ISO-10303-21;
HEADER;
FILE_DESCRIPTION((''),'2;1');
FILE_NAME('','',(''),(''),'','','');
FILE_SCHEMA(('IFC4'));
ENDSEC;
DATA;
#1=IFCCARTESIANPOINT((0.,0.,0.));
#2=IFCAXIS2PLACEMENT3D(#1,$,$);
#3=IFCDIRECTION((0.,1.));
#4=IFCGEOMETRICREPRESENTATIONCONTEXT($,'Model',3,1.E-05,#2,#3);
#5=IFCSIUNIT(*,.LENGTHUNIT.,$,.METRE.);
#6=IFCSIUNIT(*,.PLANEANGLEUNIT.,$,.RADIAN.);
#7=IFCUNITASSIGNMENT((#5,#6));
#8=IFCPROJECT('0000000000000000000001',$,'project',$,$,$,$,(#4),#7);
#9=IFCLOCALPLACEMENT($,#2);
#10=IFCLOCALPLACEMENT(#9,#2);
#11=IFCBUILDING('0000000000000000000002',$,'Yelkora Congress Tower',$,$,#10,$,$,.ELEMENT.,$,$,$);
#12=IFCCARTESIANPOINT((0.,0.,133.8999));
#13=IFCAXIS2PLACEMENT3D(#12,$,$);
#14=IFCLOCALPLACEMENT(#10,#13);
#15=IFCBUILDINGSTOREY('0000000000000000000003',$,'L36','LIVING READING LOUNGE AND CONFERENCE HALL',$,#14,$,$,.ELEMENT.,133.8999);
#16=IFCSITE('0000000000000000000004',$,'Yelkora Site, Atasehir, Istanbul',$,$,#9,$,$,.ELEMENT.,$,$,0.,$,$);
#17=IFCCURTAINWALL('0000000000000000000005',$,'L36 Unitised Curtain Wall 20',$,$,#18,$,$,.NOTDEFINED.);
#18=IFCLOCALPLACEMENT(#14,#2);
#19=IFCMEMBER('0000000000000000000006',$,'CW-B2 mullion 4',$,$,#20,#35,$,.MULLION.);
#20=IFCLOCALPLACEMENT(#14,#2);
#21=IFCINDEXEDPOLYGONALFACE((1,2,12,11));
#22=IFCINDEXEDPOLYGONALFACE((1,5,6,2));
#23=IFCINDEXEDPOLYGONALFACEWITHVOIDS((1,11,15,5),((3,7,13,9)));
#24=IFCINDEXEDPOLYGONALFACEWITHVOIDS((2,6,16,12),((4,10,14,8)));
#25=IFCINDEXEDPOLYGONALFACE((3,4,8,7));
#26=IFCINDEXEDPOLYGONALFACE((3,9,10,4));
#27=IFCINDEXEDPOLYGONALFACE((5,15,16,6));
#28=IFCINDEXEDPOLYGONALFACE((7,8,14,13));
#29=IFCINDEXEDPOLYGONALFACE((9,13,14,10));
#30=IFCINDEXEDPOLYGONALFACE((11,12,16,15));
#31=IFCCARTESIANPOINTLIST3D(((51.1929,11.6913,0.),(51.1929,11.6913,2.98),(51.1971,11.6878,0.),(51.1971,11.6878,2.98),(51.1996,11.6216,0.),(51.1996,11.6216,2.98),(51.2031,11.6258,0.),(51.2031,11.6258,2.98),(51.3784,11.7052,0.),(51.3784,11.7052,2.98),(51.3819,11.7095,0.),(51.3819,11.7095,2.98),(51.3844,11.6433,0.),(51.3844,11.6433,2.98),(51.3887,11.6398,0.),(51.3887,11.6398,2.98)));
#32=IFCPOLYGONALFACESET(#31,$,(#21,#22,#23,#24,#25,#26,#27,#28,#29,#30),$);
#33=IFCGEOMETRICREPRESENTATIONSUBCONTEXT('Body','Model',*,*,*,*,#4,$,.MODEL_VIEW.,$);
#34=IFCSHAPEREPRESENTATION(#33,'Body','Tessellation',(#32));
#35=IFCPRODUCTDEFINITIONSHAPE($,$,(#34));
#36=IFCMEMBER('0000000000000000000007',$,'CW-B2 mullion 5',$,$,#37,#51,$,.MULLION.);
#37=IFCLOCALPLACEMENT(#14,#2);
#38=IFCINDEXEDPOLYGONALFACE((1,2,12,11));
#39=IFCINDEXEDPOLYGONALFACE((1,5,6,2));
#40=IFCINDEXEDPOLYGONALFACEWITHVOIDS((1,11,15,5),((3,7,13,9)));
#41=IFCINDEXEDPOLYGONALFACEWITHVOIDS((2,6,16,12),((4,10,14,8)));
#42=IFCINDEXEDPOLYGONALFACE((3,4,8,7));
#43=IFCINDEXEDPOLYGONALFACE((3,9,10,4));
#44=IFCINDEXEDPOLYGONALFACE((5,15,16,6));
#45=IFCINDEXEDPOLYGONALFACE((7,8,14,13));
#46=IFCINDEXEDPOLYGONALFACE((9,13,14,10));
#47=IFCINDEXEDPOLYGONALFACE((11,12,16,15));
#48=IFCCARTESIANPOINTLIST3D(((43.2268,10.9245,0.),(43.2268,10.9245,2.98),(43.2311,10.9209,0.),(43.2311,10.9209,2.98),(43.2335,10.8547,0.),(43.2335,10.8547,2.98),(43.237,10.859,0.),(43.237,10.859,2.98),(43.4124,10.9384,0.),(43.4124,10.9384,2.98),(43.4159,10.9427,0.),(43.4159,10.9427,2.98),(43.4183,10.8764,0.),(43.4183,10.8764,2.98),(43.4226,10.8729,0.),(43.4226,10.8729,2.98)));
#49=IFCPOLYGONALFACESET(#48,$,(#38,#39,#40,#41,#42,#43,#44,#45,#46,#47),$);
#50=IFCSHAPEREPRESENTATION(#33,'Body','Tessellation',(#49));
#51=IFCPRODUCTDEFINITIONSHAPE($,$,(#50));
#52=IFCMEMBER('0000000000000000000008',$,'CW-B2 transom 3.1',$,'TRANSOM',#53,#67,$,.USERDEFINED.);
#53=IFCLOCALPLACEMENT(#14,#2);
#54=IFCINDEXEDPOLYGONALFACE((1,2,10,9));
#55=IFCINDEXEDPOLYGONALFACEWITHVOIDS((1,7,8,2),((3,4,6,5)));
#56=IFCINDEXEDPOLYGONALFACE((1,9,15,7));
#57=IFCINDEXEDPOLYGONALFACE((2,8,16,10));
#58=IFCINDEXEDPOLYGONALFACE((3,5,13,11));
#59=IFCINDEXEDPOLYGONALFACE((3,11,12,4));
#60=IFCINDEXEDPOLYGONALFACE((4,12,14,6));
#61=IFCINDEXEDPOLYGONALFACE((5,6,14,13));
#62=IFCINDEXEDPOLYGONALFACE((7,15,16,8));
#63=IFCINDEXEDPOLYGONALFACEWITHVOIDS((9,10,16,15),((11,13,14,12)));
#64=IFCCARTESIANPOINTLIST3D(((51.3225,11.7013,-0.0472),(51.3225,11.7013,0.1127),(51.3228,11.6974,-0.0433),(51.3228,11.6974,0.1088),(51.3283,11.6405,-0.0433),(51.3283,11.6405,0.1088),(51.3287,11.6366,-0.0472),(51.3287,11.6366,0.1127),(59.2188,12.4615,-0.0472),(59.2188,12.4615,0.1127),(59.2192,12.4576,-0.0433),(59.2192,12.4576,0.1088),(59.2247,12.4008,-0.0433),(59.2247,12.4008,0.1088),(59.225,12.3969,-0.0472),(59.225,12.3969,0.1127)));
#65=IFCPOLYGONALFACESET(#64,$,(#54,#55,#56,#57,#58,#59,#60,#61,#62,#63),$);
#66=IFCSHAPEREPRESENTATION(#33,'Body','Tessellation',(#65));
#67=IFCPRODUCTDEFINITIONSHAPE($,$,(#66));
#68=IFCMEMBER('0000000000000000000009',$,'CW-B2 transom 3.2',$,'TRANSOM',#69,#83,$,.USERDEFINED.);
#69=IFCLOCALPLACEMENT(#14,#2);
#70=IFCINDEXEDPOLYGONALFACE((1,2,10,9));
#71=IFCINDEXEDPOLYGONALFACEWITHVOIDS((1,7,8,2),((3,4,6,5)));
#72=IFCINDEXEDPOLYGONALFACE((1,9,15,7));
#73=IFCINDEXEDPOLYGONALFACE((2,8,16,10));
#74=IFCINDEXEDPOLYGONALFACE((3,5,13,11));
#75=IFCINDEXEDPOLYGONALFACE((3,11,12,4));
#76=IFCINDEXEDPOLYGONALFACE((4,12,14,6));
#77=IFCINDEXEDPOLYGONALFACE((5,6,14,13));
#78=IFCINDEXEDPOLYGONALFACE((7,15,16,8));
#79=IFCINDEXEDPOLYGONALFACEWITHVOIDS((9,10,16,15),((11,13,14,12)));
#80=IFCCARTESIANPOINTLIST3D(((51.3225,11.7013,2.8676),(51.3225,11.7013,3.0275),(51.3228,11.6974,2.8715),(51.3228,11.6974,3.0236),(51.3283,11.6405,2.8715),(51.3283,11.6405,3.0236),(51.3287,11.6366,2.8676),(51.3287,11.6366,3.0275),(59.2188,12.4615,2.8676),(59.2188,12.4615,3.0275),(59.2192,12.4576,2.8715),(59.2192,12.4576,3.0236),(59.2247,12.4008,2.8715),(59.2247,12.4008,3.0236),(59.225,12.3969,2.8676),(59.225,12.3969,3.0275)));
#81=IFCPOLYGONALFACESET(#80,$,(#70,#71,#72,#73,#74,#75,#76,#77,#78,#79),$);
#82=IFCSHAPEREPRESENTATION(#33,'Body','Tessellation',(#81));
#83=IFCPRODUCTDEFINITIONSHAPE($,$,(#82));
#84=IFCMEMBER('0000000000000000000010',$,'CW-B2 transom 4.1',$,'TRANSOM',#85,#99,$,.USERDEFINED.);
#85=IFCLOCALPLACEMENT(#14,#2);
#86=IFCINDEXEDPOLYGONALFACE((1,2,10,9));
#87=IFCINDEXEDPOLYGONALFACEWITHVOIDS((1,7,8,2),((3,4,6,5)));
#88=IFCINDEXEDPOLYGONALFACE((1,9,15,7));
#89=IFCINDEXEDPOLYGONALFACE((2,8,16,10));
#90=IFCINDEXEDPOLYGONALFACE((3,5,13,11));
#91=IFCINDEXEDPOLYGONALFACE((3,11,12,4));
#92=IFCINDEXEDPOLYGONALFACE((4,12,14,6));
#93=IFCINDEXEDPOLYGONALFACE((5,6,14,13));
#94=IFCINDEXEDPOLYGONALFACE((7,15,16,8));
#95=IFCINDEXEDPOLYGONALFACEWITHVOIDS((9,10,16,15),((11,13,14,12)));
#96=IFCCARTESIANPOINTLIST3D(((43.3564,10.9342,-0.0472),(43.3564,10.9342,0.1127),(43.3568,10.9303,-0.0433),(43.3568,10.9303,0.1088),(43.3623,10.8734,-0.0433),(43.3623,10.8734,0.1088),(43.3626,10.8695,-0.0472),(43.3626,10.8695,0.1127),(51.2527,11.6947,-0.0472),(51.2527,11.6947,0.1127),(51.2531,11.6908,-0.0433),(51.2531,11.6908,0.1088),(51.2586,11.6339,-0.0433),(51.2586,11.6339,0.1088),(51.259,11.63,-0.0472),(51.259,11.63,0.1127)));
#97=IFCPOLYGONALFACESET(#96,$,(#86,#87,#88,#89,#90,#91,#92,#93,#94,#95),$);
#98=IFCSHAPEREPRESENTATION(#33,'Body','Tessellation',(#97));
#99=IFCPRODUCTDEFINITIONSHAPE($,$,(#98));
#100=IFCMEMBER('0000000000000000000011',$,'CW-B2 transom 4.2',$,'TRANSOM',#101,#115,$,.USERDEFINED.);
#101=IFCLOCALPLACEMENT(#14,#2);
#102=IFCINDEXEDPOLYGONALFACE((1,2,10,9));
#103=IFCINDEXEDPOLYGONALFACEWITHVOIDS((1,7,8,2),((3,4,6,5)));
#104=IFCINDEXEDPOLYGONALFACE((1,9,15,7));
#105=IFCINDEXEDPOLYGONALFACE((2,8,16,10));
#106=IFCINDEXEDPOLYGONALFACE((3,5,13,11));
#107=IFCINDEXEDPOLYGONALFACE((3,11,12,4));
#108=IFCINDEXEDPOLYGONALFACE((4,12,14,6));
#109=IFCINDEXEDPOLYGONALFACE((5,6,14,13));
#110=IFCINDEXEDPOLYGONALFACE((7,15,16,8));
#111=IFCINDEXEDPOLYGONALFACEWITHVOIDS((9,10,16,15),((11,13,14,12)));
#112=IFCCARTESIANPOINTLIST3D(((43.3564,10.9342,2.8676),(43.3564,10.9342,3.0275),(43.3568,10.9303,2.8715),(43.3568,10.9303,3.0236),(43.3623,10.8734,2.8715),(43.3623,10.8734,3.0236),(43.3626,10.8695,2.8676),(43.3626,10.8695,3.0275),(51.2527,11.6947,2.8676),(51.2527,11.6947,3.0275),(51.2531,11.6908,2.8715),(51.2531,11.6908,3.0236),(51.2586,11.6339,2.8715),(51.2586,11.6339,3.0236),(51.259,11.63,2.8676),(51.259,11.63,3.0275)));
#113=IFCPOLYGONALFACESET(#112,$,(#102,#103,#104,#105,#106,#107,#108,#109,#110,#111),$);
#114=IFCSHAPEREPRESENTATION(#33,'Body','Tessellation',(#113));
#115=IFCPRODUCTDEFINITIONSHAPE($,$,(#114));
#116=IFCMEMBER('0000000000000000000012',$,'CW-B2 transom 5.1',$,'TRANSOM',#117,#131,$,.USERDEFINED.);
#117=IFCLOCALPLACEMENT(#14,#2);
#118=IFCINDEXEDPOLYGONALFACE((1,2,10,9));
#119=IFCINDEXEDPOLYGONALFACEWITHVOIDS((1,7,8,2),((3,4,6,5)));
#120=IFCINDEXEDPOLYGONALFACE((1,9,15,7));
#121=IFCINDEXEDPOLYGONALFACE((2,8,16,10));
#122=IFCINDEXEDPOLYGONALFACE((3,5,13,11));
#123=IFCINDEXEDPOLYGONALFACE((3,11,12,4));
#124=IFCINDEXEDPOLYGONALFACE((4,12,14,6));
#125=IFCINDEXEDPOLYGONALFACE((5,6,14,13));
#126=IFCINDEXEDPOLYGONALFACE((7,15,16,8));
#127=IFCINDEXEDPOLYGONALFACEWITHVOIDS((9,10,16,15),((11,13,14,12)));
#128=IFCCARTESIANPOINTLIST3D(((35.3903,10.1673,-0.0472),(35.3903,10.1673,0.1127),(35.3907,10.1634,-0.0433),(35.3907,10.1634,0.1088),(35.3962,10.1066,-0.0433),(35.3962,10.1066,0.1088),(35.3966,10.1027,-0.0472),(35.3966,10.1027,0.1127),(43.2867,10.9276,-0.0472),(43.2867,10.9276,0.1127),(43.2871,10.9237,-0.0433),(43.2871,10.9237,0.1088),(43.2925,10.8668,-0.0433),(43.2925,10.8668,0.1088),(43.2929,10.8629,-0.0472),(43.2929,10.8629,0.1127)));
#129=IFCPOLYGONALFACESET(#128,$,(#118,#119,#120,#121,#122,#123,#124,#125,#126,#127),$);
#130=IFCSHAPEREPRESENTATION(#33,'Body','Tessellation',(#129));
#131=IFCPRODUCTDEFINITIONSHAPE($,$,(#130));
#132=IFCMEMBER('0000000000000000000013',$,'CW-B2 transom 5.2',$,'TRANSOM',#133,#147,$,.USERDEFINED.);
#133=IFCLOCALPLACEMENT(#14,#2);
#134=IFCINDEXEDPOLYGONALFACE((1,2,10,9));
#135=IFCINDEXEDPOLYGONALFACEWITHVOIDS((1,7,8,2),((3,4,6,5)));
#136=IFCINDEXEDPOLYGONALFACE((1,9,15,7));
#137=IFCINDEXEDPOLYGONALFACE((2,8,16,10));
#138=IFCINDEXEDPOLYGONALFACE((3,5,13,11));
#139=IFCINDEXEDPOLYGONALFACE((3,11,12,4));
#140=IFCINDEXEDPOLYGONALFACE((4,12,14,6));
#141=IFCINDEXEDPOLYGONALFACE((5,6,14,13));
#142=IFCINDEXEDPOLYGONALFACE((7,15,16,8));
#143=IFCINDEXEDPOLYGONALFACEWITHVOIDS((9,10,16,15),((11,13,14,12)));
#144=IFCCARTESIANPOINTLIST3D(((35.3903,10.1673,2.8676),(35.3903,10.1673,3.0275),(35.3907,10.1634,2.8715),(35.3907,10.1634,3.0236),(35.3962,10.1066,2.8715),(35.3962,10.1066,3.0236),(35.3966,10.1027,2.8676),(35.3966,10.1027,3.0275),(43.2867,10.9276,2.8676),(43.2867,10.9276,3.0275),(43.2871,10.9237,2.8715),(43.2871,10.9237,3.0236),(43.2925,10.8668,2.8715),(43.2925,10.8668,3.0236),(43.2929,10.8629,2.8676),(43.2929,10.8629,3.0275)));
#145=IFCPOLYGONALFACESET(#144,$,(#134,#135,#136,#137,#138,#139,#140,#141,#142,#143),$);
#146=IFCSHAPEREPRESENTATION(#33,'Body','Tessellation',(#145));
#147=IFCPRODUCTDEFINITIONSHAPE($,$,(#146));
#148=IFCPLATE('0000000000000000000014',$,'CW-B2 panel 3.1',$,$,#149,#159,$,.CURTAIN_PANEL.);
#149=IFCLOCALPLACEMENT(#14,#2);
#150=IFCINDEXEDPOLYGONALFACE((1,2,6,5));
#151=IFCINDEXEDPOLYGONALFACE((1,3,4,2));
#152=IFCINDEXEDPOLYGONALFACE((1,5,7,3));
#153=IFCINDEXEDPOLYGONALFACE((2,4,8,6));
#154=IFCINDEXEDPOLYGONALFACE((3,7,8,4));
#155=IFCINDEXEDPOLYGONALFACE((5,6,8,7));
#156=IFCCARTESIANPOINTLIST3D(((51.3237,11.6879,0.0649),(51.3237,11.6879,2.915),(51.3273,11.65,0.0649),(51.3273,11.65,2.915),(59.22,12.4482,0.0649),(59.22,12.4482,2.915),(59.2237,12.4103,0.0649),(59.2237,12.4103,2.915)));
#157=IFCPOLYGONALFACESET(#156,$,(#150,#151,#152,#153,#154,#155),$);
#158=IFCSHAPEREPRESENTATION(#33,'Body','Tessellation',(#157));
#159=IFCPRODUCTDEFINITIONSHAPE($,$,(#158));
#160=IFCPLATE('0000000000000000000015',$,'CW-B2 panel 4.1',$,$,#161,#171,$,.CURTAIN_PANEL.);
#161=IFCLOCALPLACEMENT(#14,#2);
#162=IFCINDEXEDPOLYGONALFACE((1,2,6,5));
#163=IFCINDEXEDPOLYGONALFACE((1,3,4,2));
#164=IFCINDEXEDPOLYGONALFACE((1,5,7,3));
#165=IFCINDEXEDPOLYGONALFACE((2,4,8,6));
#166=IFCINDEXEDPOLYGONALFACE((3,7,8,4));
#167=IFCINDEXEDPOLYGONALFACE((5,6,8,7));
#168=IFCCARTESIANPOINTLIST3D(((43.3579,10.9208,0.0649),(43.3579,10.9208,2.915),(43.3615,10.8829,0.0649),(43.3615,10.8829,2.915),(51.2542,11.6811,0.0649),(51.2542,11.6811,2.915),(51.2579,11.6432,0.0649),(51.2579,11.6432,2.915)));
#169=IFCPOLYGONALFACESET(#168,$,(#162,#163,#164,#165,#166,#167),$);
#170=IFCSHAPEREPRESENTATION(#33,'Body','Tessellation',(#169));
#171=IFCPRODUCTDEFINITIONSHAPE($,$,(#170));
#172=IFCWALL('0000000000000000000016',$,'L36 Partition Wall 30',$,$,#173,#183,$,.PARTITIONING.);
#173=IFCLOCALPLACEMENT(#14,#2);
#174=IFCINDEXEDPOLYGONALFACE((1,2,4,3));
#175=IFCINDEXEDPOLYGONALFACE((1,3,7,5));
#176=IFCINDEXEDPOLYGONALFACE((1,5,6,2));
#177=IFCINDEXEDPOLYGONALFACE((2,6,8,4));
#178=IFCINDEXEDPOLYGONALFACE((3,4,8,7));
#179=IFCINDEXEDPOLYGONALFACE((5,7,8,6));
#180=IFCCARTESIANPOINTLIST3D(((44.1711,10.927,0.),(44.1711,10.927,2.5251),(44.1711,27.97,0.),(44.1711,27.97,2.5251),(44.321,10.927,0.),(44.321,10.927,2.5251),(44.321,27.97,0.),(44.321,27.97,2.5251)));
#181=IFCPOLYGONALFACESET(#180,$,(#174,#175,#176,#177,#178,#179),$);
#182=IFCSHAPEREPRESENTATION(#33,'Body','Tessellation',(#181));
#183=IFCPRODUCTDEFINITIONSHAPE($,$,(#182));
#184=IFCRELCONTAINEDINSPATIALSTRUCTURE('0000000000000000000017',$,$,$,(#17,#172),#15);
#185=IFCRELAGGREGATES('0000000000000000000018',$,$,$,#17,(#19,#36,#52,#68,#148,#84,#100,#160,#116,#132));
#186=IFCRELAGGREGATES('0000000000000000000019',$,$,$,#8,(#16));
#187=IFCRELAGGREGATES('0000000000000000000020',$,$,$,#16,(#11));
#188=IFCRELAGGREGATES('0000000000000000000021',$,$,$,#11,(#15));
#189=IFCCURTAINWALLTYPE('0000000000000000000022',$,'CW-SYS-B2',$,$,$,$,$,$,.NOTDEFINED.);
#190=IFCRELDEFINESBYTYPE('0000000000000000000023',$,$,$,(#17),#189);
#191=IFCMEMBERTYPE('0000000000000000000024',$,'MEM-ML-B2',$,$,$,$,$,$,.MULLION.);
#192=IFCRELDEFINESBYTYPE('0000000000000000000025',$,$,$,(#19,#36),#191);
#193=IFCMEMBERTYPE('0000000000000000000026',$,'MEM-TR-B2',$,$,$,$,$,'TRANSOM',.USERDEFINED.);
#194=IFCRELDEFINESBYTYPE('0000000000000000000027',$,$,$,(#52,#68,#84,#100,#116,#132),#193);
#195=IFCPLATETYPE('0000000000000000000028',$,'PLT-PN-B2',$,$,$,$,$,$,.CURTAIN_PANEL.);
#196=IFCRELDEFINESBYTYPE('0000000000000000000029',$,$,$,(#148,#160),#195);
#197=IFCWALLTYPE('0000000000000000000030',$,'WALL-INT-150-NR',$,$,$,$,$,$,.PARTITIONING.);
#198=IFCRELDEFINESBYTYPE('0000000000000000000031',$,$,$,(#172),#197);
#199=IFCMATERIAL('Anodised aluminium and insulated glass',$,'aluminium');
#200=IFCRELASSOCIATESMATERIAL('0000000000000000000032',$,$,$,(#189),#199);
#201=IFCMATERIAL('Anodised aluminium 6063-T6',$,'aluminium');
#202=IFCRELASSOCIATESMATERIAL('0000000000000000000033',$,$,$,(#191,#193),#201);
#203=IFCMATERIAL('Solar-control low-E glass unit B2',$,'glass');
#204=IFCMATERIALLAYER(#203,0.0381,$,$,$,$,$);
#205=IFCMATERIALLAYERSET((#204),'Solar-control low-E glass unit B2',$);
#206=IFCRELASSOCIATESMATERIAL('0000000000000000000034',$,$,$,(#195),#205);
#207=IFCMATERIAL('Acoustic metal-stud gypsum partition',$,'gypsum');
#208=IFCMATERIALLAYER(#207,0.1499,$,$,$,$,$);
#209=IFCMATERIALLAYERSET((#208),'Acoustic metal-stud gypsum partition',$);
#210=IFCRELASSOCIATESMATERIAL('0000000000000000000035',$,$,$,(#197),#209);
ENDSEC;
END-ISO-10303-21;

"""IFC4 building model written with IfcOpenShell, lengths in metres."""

from ifc_helpers import new_model, si_unit, direction, frame, frame_2d, origin, origin_2d, place, context, subcontext, project, spatial, rectangle, hollow_rectangle, extrude, material, layer, layer_set, material_profile, profile_set, type_object, element, aggregate, save


model = new_model("IFC4")

# Units and contexts
model_context = context("Model", 3, precision=1e-05, world=origin(), true_north=direction((0.0, 1.0)))
body_context = subcontext(model_context, "Body", "Model", "MODEL_VIEW")
ifc_project = project(units=[si_unit("LENGTHUNIT", "METRE"), si_unit("PLANEANGLEUNIT", "RADIAN")], contexts=[model_context])

# Site, building, storey
site_placement = place(None, origin())
site = spatial("IfcSite", under=ifc_project, at=site_placement, Name="Yelkora Site, Atasehir, Istanbul", CompositionType="ELEMENT", RefElevation=0.0)
building_placement = place(site_placement, origin())
building = spatial("IfcBuilding", under=site, at=building_placement, Name="Yelkora Congress Tower", CompositionType="ELEMENT")
storey_placement = place(building_placement, frame((0.0, 0.0, 133.8999)))
storey = spatial("IfcBuildingStorey", under=building, at=storey_placement, Name="L36", Description="LIVING READING LOUNGE AND CONFERENCE HALL", CompositionType="ELEMENT", Elevation=133.8999)

# Curtain wall, members, plates
ifc_material_1 = material(Name="Anodised aluminium and insulated glass", Category="aluminium")
curtain_wall_type = type_object("IfcCurtainWallType", Name="CW-SYS-B2", PredefinedType="NOTDEFINED", material=ifc_material_1)
curtain_wall_placement = place(storey_placement, origin())
curtain_wall = element("IfcCurtainWall", 1, at=curtain_wall_placement, inside=storey, type_object=curtain_wall_type, Name="L36 Unitised Curtain Wall 20", PredefinedType="NOTDEFINED")
ifc_material_2 = material(Name="Anodised aluminium 6063-T6", Category="aluminium")
ifc_material_profile_1 = material_profile(ifc_material_2, hollow_rectangle(XDim=0.0701, YDim=0.1899, WallThickness=0.0039, at=origin_2d()), Name="ALU 70x190x4")
ifc_profile_set_1 = profile_set([ifc_material_profile_1], Name="Anodised aluminium 6063-T6")
member_type_1 = type_object("IfcMemberType", Name="MEM-ML-B2", PredefinedType="MULLION", material=ifc_profile_set_1)
member_1_placement = place(storey_placement, frame((51.2908, 11.6655, 0.0), z_axis=(0.0, 0.0, 1.0), x_axis=(0.095844, -0.995396, 0.0)))
member_1 = element("IfcMember", 2, at=member_1_placement, type_object=member_type_1, Name="CW-B2 mullion 4", PredefinedType="MULLION", context=body_context, shape_type="SweptSolid", body=[
    extrude(hollow_rectangle(XDim=0.0701, YDim=0.1899, WallThickness=0.0039, at=origin_2d()), origin(), (0.0, 0.0, 1.0), 2.98),
])
member_2_placement = place(storey_placement, frame((43.3247, 10.8987, 0.0), z_axis=(0.0, 0.0, 1.0), x_axis=(0.095844, -0.995396, 0.0)))
member_2 = element("IfcMember", 3, at=member_2_placement, type_object=member_type_1, Name="CW-B2 mullion 5", PredefinedType="MULLION", context=body_context, shape_type="SweptSolid", body=[
    extrude(hollow_rectangle(XDim=0.0701, YDim=0.1899, WallThickness=0.0039, at=origin_2d()), origin(), (0.0, 0.0, 1.0), 2.98),
])
ifc_material_profile_2 = material_profile(ifc_material_2, hollow_rectangle(XDim=0.0649, YDim=0.1599, WallThickness=0.0039, at=origin_2d()), Name="ALU 65x160x4")
ifc_profile_set_2 = profile_set([ifc_material_profile_2], Name="Anodised aluminium 6063-T6")
member_type_2 = type_object("IfcMemberType", Name="MEM-TR-B2", ElementType="TRANSOM", PredefinedType="USERDEFINED", material=ifc_profile_set_2)
member_3_placement = place(storey_placement, frame((59.2219, 12.4292, 0.0327), z_axis=(-0.995397, -0.095837, 0.0), x_axis=(0.095837, -0.995397, 0.0)))
member_3 = element("IfcMember", 4, at=member_3_placement, type_object=member_type_2, Name="CW-B2 transom 3.1", ObjectType="TRANSOM", PredefinedType="USERDEFINED", context=body_context, shape_type="SweptSolid", body=[
    extrude(hollow_rectangle(XDim=0.0649, YDim=0.1599, WallThickness=0.0039, at=origin_2d()), origin(), (0.0, 0.0, 1.0), 7.9329),
])
member_4_placement = place(storey_placement, frame((59.2219, 12.4292, 2.9475), z_axis=(-0.995397, -0.095837, 0.0), x_axis=(0.095837, -0.995397, 0.0)))
member_4 = element("IfcMember", 5, at=member_4_placement, type_object=member_type_2, Name="CW-B2 transom 3.2", ObjectType="TRANSOM", PredefinedType="USERDEFINED", context=body_context, shape_type="SweptSolid", body=[
    extrude(hollow_rectangle(XDim=0.0649, YDim=0.1599, WallThickness=0.0039, at=origin_2d()), origin(), (0.0, 0.0, 1.0), 7.9329),
])
member_5_placement = place(storey_placement, frame((51.2559, 11.6624, 0.0327), z_axis=(-0.995394, -0.095868, 0.0), x_axis=(0.095868, -0.995394, 0.0)))
member_5 = element("IfcMember", 6, at=member_5_placement, type_object=member_type_2, Name="CW-B2 transom 4.1", ObjectType="TRANSOM", PredefinedType="USERDEFINED", context=body_context, shape_type="SweptSolid", body=[
    extrude(hollow_rectangle(XDim=0.0649, YDim=0.1599, WallThickness=0.0039, at=origin_2d()), origin(), (0.0, 0.0, 1.0), 7.9329),
])
member_6_placement = place(storey_placement, frame((51.2559, 11.6624, 2.9475), z_axis=(-0.995394, -0.095868, 0.0), x_axis=(0.095868, -0.995394, 0.0)))
member_6 = element("IfcMember", 7, at=member_6_placement, type_object=member_type_2, Name="CW-B2 transom 4.2", ObjectType="TRANSOM", PredefinedType="USERDEFINED", context=body_context, shape_type="SweptSolid", body=[
    extrude(hollow_rectangle(XDim=0.0649, YDim=0.1599, WallThickness=0.0039, at=origin_2d()), origin(), (0.0, 0.0, 1.0), 7.9329),
])
member_7_placement = place(storey_placement, frame((43.2898, 10.8953, 0.0327), z_axis=(-0.995397, -0.095837, 0.0), x_axis=(0.095837, -0.995397, 0.0)))
member_7 = element("IfcMember", 8, at=member_7_placement, type_object=member_type_2, Name="CW-B2 transom 5.1", ObjectType="TRANSOM", PredefinedType="USERDEFINED", context=body_context, shape_type="SweptSolid", body=[
    extrude(hollow_rectangle(XDim=0.0649, YDim=0.1599, WallThickness=0.0039, at=origin_2d()), origin(), (0.0, 0.0, 1.0), 7.9329),
])
member_8_placement = place(storey_placement, frame((43.2898, 10.8953, 2.9475), z_axis=(-0.995397, -0.095837, 0.0), x_axis=(0.095837, -0.995397, 0.0)))
member_8 = element("IfcMember", 9, at=member_8_placement, type_object=member_type_2, Name="CW-B2 transom 5.2", ObjectType="TRANSOM", PredefinedType="USERDEFINED", context=body_context, shape_type="SweptSolid", body=[
    extrude(hollow_rectangle(XDim=0.0649, YDim=0.1599, WallThickness=0.0039, at=origin_2d()), origin(), (0.0, 0.0, 1.0), 7.9329),
])
ifc_material_3 = material(Name="Solar-control low-E glass unit B2", Category="glass")
ifc_layer_1 = layer(ifc_material_3, 0.0381)
ifc_layer_set_1 = layer_set([ifc_layer_1], Name="Solar-control low-E glass unit B2")
plate_type = type_object("IfcPlateType", Name="PLT-PN-B2", PredefinedType="CURTAIN_PANEL", material=ifc_layer_set_1)
plate_1_placement = place(storey_placement, frame((55.2737, 12.0491, 0.0649), z_axis=(0.0, 0.0, 1.0), x_axis=(-0.995396, -0.095844, 0.0)))
plate_1 = element("IfcPlate", 10, at=plate_1_placement, type_object=plate_type, Name="CW-B2 panel 3.1", PredefinedType="CURTAIN_PANEL", context=body_context, shape_type="SweptSolid", body=[
    extrude(rectangle(XDim=7.9329, YDim=0.0381, at=origin_2d()), origin(), (0.0, 0.0, 1.0), 2.8501),
])
plate_2_placement = place(storey_placement, frame((47.3079, 11.282, 0.0649), z_axis=(0.0, 0.0, 1.0), x_axis=(-0.995396, -0.095844, 0.0)))
plate_2 = element("IfcPlate", 11, at=plate_2_placement, type_object=plate_type, Name="CW-B2 panel 4.1", PredefinedType="CURTAIN_PANEL", context=body_context, shape_type="SweptSolid", body=[
    extrude(rectangle(XDim=7.9329, YDim=0.0381, at=origin_2d()), origin(), (0.0, 0.0, 1.0), 2.8501),
])
aggregate(curtain_wall, [member_1, member_2, member_3, member_4, plate_1, member_5, member_6, plate_2, member_7, member_8])

# Wall
ifc_material_4 = material(Name="Acoustic metal-stud gypsum partition", Category="gypsum")
ifc_layer_2 = layer(ifc_material_4, 0.1499)
ifc_layer_set_2 = layer_set([ifc_layer_2], Name="Acoustic metal-stud gypsum partition")
wall_type = type_object("IfcWallType", Name="WALL-INT-150-NR", PredefinedType="PARTITIONING", material=ifc_layer_set_2)
wall_1_placement = place(storey_placement, frame((44.2461, 10.927, 0.0), z_axis=(0.0, 0.0, 1.0), x_axis=(0.0, 1.0, 0.0)))
element("IfcWall", 12, at=wall_1_placement, inside=storey, type_object=wall_type, Name="L36 Partition Wall 30", PredefinedType="PARTITIONING", context=body_context, shape_type="SweptSolid", body=[
    extrude(rectangle(XDim=17.043, YDim=0.1499, at=frame_2d((8.5215, 0.0))), origin(), (0.0, 0.0, 1.0), 2.5251),
])

save(model, "model.ifc")
